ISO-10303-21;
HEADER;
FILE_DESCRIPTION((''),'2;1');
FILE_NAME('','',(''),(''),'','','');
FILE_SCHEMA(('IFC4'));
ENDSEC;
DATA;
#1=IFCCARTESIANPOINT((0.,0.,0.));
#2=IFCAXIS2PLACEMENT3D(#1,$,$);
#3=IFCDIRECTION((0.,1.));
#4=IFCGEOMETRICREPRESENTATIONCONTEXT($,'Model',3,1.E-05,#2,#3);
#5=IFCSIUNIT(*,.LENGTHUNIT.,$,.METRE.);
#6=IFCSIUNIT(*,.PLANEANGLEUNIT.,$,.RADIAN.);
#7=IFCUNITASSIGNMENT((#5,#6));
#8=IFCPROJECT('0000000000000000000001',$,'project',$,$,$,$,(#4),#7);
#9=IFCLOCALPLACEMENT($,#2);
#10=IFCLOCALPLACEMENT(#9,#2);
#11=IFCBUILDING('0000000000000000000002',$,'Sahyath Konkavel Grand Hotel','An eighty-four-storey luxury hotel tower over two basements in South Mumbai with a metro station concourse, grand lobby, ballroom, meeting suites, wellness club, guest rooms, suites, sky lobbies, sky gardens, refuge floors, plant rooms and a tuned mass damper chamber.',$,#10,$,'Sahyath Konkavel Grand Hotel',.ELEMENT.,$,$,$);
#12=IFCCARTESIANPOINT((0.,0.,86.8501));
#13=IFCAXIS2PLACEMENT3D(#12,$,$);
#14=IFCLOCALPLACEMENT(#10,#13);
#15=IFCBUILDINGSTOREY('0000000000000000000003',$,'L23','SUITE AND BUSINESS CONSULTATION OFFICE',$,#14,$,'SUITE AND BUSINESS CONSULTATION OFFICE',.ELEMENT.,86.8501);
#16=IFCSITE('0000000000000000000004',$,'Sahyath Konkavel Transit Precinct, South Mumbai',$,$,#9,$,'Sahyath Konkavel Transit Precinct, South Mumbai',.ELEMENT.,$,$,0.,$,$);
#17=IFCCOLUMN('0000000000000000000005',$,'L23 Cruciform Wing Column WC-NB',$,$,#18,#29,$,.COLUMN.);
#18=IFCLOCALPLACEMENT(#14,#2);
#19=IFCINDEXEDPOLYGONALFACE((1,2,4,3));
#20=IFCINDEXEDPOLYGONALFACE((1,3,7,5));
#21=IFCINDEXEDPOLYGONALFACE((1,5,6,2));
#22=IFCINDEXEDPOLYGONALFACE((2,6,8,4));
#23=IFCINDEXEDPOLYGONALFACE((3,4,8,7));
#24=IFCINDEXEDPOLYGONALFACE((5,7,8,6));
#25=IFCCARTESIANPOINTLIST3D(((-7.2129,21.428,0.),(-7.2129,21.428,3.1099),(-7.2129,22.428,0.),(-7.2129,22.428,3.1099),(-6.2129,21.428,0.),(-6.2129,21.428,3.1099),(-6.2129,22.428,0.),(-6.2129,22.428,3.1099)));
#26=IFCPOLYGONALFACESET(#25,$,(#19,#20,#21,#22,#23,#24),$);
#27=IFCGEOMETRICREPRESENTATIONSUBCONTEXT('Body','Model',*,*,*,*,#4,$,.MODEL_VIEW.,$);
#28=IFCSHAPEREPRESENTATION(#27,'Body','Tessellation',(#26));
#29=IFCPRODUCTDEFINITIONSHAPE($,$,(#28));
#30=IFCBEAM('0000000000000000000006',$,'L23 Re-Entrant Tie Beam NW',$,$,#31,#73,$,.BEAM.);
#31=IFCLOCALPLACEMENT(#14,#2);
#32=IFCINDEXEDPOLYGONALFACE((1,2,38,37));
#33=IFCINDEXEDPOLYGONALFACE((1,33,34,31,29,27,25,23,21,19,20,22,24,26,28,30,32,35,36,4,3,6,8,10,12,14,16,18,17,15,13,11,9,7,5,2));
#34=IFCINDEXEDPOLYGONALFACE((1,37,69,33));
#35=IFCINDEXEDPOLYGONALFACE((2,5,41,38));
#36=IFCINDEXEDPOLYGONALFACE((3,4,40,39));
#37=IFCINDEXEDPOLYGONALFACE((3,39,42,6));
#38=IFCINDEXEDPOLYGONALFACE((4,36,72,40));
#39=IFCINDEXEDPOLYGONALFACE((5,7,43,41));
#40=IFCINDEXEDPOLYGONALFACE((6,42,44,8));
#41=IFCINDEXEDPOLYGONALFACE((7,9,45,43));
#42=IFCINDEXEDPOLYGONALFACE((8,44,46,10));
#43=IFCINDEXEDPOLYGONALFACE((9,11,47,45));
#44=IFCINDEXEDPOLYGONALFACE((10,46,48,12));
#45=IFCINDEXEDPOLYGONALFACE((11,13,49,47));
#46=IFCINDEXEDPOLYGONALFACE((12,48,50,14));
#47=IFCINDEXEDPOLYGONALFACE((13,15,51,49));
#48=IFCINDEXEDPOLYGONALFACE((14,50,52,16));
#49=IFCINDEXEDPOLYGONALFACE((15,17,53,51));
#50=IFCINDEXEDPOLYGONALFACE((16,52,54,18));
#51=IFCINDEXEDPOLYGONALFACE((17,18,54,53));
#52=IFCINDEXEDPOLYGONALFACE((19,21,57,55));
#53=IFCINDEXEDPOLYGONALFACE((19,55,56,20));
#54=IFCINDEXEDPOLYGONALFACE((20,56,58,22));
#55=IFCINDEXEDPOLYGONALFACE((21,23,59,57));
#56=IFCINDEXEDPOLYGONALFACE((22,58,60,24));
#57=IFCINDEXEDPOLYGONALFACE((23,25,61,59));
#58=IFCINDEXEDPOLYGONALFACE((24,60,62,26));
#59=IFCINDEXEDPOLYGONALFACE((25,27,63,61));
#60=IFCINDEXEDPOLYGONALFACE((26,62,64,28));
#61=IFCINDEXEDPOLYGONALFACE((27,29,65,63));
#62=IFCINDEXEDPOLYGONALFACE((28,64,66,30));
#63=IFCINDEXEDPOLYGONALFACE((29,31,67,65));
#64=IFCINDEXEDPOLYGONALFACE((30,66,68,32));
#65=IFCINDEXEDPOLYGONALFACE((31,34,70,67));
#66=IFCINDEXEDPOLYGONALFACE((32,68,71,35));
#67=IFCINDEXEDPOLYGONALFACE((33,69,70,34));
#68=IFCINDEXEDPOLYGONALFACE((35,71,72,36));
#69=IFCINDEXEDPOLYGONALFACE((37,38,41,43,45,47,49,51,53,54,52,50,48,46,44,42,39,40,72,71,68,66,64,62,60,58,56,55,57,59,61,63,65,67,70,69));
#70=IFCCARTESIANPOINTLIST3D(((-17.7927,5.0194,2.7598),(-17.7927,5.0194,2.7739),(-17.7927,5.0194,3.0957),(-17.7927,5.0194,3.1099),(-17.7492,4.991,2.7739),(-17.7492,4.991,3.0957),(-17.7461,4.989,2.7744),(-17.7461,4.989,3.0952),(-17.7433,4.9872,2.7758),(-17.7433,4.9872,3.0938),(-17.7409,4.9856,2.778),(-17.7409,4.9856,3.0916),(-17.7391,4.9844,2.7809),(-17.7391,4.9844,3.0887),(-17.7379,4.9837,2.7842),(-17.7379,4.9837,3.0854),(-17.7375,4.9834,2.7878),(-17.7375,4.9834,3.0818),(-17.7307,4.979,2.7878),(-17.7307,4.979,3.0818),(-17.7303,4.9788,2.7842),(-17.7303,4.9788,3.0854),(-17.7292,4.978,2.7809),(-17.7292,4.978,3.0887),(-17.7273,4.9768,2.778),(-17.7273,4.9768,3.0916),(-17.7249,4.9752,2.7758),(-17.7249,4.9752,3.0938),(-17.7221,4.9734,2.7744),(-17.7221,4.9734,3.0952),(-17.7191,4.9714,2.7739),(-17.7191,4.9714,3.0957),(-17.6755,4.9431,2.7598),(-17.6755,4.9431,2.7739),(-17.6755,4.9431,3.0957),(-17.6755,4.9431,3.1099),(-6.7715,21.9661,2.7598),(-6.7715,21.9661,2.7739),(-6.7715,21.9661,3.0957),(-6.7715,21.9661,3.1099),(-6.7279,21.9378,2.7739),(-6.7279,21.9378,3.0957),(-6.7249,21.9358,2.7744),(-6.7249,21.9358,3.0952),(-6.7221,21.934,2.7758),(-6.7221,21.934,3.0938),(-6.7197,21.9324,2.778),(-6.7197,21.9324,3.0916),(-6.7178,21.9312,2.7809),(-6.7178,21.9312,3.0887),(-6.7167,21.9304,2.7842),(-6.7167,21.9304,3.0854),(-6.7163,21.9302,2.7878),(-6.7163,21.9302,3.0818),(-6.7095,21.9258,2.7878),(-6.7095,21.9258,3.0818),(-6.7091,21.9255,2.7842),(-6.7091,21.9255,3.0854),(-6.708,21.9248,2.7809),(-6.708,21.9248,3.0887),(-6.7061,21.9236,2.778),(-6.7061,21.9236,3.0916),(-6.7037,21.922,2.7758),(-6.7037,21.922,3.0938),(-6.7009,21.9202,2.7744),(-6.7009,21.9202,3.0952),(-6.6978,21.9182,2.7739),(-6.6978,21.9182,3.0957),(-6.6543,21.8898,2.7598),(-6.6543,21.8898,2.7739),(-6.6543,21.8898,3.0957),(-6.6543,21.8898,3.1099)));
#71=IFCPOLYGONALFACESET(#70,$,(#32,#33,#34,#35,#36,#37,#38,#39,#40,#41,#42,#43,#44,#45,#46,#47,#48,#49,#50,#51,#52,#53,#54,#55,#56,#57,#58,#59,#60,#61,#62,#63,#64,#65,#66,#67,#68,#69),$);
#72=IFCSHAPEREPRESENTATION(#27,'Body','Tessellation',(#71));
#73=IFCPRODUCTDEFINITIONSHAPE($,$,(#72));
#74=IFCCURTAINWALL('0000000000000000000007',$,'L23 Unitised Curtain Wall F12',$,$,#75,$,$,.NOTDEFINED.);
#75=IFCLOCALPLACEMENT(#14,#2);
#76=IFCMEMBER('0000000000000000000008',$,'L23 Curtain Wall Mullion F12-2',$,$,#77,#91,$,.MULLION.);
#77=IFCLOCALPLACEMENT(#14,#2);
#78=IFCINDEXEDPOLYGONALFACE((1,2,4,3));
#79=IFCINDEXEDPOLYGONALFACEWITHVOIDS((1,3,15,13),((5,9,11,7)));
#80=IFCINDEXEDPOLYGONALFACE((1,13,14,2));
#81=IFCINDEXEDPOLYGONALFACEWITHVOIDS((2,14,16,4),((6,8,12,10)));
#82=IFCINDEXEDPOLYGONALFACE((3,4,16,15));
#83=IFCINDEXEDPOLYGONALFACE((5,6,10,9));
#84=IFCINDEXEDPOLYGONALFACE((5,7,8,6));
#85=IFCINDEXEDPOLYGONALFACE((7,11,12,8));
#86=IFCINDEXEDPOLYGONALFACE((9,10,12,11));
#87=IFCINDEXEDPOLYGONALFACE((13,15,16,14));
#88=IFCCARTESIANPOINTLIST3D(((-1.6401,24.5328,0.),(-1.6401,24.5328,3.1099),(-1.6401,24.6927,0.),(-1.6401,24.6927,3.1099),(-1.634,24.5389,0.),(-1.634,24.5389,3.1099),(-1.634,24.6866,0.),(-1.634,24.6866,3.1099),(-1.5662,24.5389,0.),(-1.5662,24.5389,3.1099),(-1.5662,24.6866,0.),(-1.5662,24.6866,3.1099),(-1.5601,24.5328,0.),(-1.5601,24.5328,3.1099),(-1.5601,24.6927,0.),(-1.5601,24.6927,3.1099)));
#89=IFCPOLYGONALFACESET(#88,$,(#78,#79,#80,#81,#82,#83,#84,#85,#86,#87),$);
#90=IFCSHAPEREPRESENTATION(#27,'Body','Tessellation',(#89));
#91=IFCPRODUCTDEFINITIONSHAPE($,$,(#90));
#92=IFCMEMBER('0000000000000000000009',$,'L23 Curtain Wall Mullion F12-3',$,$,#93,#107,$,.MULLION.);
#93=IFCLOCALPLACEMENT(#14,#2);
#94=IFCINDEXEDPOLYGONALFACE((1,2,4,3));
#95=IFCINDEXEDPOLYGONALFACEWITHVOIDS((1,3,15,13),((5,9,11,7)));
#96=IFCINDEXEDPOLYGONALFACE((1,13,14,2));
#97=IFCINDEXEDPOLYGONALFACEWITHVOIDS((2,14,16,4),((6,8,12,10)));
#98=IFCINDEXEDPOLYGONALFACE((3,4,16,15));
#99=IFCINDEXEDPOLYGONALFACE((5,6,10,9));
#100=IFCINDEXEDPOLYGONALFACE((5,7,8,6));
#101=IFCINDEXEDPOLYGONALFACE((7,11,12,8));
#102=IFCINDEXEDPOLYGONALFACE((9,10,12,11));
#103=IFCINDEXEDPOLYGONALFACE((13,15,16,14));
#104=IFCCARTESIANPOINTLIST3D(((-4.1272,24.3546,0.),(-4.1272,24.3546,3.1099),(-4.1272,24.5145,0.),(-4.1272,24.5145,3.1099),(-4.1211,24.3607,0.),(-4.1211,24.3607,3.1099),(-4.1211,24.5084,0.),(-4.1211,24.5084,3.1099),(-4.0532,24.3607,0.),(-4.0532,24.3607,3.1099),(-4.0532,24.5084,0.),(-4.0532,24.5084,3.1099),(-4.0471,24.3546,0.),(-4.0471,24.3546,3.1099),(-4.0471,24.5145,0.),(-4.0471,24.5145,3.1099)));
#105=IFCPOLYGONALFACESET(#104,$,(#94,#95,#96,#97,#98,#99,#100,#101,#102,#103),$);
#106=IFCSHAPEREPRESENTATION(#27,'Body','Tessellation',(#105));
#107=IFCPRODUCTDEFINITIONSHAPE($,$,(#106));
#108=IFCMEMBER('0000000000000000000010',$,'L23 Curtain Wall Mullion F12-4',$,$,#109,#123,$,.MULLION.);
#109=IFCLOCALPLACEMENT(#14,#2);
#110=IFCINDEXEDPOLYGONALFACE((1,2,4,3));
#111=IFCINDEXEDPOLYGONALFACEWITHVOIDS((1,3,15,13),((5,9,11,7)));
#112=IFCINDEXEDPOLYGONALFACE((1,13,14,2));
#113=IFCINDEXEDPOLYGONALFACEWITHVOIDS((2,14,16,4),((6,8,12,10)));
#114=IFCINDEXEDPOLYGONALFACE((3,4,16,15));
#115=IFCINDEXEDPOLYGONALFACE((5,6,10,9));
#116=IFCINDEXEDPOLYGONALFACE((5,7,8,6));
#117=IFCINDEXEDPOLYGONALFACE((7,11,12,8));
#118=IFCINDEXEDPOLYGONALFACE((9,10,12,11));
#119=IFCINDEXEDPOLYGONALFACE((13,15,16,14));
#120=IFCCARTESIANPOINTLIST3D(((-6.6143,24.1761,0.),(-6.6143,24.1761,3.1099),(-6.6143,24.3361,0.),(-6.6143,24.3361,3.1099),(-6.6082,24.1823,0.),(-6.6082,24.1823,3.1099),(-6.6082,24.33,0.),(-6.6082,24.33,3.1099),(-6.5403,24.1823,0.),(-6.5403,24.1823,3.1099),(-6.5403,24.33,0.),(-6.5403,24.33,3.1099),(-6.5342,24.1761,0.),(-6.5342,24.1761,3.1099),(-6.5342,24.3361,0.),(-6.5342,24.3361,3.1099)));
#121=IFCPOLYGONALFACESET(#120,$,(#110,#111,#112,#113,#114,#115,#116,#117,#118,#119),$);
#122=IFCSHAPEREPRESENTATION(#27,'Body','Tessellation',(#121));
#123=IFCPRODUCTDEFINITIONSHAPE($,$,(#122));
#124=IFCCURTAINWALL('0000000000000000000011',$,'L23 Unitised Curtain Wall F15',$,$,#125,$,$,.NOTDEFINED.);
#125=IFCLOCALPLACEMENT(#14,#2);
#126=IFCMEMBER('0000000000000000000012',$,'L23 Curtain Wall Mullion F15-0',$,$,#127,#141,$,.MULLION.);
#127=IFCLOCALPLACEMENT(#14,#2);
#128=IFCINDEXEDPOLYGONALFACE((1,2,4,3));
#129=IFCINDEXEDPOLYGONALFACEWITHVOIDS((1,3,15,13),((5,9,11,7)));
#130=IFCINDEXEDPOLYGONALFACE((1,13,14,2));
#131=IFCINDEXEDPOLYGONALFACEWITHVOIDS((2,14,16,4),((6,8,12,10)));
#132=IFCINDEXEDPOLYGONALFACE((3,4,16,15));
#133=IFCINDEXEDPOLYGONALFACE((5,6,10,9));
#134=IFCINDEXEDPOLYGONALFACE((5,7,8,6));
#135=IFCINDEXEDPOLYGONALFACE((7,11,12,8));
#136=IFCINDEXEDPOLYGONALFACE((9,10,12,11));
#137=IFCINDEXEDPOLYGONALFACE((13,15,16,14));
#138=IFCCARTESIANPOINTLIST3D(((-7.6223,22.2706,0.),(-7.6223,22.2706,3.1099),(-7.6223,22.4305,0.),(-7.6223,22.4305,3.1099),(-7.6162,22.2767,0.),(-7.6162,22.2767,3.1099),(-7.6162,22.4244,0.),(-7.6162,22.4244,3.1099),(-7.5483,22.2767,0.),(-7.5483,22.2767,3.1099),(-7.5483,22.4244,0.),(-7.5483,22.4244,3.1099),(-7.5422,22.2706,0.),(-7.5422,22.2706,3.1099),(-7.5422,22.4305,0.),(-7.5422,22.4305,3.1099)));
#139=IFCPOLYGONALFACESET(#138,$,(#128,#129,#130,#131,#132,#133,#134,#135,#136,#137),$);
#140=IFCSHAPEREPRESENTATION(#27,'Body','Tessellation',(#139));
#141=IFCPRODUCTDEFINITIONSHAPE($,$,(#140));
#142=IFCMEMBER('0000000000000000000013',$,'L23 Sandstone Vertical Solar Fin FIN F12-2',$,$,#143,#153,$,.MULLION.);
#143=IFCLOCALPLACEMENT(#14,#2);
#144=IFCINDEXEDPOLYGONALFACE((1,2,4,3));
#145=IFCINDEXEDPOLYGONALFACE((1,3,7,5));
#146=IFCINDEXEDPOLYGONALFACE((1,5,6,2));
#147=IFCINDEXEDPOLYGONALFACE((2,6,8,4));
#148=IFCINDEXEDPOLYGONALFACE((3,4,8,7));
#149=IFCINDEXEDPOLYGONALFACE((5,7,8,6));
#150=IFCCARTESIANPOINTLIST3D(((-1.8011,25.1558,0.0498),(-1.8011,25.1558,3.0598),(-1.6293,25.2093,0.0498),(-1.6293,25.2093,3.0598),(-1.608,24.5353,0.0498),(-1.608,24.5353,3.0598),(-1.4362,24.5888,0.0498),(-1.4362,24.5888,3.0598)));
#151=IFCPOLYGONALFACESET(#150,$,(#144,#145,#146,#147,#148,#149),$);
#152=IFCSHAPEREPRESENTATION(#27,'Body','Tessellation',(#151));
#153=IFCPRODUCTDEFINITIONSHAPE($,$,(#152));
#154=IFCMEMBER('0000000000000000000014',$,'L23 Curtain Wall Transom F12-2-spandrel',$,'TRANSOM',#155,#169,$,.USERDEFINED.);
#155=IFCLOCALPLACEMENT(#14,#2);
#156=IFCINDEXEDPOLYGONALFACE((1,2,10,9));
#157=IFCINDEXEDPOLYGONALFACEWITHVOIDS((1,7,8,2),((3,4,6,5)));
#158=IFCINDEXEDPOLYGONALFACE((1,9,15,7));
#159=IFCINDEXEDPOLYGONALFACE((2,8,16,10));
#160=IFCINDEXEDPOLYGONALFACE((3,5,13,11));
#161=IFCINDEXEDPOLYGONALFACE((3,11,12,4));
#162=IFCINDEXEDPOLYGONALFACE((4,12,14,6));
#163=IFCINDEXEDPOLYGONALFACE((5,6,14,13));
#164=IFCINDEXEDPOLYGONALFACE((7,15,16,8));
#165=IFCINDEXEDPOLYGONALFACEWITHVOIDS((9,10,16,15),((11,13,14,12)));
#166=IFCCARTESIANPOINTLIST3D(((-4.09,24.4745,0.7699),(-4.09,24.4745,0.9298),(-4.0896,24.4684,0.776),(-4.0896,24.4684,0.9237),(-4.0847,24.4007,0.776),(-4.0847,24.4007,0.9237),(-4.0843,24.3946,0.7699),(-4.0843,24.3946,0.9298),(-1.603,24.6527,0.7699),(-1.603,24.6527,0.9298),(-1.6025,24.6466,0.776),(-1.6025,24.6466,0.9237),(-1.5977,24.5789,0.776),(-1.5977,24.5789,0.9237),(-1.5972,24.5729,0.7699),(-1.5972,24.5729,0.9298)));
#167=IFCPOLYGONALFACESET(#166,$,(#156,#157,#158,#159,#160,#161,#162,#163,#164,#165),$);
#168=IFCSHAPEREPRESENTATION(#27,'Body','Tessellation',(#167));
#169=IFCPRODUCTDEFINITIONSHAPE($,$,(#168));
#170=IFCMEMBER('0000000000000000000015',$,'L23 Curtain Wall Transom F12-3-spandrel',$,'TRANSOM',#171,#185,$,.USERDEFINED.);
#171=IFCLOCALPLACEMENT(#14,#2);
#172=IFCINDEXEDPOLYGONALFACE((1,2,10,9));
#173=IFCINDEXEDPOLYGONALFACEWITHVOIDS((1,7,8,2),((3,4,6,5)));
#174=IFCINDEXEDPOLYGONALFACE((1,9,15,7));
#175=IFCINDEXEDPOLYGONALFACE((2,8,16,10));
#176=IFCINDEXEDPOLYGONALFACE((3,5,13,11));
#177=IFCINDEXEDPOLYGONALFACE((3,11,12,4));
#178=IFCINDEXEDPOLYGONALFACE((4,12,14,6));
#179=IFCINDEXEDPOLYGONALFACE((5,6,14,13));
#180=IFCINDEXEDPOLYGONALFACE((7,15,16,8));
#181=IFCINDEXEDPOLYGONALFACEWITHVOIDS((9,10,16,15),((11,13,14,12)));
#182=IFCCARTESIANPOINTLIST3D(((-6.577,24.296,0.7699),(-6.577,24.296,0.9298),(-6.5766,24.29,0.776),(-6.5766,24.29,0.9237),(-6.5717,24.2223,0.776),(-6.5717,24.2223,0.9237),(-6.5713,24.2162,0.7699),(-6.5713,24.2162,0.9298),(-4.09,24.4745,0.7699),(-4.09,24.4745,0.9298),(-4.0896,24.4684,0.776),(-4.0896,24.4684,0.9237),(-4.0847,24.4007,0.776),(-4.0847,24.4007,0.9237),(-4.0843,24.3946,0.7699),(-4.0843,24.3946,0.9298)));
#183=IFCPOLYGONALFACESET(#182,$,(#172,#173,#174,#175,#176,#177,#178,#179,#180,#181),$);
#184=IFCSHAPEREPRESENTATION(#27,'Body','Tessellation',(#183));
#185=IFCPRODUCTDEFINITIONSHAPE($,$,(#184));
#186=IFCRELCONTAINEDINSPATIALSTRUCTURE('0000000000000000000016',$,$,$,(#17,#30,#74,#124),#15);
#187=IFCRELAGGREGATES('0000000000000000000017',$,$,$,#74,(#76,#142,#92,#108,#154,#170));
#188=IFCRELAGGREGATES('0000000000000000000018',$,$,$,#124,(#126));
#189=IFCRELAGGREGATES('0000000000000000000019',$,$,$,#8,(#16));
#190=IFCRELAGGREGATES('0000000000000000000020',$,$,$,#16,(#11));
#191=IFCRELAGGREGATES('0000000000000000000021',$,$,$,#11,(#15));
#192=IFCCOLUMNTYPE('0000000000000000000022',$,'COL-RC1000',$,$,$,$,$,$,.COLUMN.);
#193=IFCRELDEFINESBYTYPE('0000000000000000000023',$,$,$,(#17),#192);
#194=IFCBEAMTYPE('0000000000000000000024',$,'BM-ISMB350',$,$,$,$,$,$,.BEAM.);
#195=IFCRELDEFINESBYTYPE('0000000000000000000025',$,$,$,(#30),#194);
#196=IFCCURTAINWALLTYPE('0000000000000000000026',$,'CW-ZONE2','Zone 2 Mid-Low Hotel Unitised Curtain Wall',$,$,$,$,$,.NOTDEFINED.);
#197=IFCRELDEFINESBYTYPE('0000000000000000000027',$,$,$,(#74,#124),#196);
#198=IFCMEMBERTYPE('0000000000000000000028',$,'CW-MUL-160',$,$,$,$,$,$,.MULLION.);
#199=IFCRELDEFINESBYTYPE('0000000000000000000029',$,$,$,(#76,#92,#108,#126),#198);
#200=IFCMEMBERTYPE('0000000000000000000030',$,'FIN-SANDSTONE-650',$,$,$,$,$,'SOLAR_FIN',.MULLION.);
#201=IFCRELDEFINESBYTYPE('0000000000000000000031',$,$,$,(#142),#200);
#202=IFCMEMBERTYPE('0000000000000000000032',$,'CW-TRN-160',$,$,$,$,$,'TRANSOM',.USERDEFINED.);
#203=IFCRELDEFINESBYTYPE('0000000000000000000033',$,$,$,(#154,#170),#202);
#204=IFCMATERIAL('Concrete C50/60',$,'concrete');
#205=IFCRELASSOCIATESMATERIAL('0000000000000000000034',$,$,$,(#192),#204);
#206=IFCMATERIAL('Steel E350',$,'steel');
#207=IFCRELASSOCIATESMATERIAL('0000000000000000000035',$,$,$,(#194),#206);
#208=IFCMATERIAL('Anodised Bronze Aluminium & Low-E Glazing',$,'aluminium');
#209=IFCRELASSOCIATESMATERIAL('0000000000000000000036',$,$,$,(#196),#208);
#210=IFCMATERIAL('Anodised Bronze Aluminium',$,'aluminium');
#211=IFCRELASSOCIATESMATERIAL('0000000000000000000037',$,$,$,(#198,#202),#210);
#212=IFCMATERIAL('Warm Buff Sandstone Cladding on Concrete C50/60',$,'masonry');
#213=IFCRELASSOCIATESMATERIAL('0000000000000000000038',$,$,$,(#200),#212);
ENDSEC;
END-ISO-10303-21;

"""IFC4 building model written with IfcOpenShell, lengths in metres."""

from ifc_helpers import new_model, si_unit, direction, frame, origin, origin_2d, place, context, subcontext, project, spatial, rectangle, hollow_rectangle, i_section, extrude, source, transform, mapped, material, material_profile, profile_set, type_object, element, aggregate, save


model = new_model("IFC4")

# Units and contexts
model_context = context("Model", 3, precision=1e-05, world=origin(), true_north=direction((0.0, 1.0)))
body_context = subcontext(model_context, "Body", "Model", "MODEL_VIEW")
ifc_project = project(units=[si_unit("LENGTHUNIT", "METRE"), si_unit("PLANEANGLEUNIT", "RADIAN")], contexts=[model_context])

# Site, building, storey
site_placement = place(None, origin())
site = spatial("IfcSite", under=ifc_project, at=site_placement, Name="Sahyath Konkavel Transit Precinct, South Mumbai", LongName="Sahyath Konkavel Transit Precinct, South Mumbai", CompositionType="ELEMENT", RefElevation=0.0)
building_placement = place(site_placement, origin())
building = spatial("IfcBuilding", under=site, at=building_placement, Name="Sahyath Konkavel Grand Hotel", Description="An eighty-four-storey luxury hotel tower over two basements in South Mumbai with a metro station concourse, grand lobby, ballroom, meeting suites, wellness club, guest rooms, suites, sky lobbies, sky gardens, refuge floors, plant rooms and a tuned mass damper chamber.", LongName="Sahyath Konkavel Grand Hotel", CompositionType="ELEMENT")
storey_placement = place(building_placement, frame((0.0, 0.0, 86.8501)))
storey = spatial("IfcBuildingStorey", under=building, at=storey_placement, Name="L23", Description="SUITE AND BUSINESS CONSULTATION OFFICE", LongName="SUITE AND BUSINESS CONSULTATION OFFICE", CompositionType="ELEMENT", Elevation=86.8501)

# Column
ifc_material_1 = material(Name="Concrete C50/60", Category="concrete")
ifc_material_profile_1 = material_profile(ifc_material_1, rectangle(XDim=1.0, YDim=1.0, at=origin_2d()), Name="RC 1000x1000")
ifc_profile_set_1 = profile_set([ifc_material_profile_1], Name="Concrete C50/60")
column_type = type_object("IfcColumnType", Name="COL-RC1000", PredefinedType="COLUMN", material=ifc_profile_set_1)
shared_shape_1 = source(origin(), body_context, "Body", "SweptSolid", [
    extrude(rectangle(XDim=1.0, YDim=1.0, at=origin_2d()), origin(), (0.0, 0.0, 1.0), 3.1099),
])
column_placement = place(storey_placement, frame((-6.7129, 21.928, 0.0), z_axis=(0.0, 0.0, 1.0), x_axis=(1.0, 0.0, 0.0)))
element("IfcColumn", 1, at=column_placement, inside=storey, type_object=column_type, Name="L23 Cruciform Wing Column WC-NB", PredefinedType="COLUMN", context=body_context, shape_type="MappedRepresentation", body=[
    mapped(shared_shape_1, transform((0.0, 0.0, 0.0), scale=1.0)),
])

# Beam
ifc_material_2 = material(Name="Steel E350", Category="steel")
ifc_material_profile_2 = material_profile(ifc_material_2, i_section(OverallWidth=0.1399, OverallDepth=0.3501, WebThickness=0.0081, FlangeThickness=0.0142, FilletRadius=0.0139, at=origin_2d()), Name="ISMB 350")
ifc_profile_set_2 = profile_set([ifc_material_profile_2], Name="Steel E350")
beam_type_1 = type_object("IfcBeamType", Name="BM-ISMB350", PredefinedType="BEAM", material=ifc_profile_set_2)
shared_shape_2 = source(origin(), body_context, "Body", "SweptSolid", [
    extrude(i_section(OverallWidth=0.1399, OverallDepth=0.3501, WebThickness=0.0081, FlangeThickness=0.0142, FilletRadius=0.0139, at=origin_2d()), origin(), (0.0, 0.0, 1.0), 20.2153),
])
beam_1_placement = place(storey_placement, frame((-6.7129, 21.928, 2.9348), z_axis=(-0.545191, -0.838312, 0.0), x_axis=(0.838312, -0.545191, 0.0)))
element("IfcBeam", 2, at=beam_1_placement, inside=storey, type_object=beam_type_1, Name="L23 Re-Entrant Tie Beam NW", PredefinedType="BEAM", context=body_context, shape_type="MappedRepresentation", body=[
    mapped(shared_shape_2, transform((0.0, 0.0, 0.0), scale=1.0)),
])

# Curtain wall, members
ifc_material_3 = material(Name="Anodised Bronze Aluminium & Low-E Glazing", Category="aluminium")
curtain_wall_type = type_object("IfcCurtainWallType", Name="CW-ZONE2", Description="Zone 2 Mid-Low Hotel Unitised Curtain Wall", PredefinedType="NOTDEFINED", material=ifc_material_3)
curtain_wall_1_placement = place(storey_placement, origin())
curtain_wall_1 = element("IfcCurtainWall", 3, at=curtain_wall_1_placement, inside=storey, type_object=curtain_wall_type, Name="L23 Unitised Curtain Wall F12", PredefinedType="NOTDEFINED")
ifc_material_4 = material(Name="Anodised Bronze Aluminium", Category="aluminium")
ifc_material_profile_3 = material_profile(ifc_material_4, hollow_rectangle(XDim=0.0801, YDim=0.1599, WallThickness=0.0061, at=origin_2d()), Name="RHS 160x80x6")
ifc_profile_set_3 = profile_set([ifc_material_profile_3], Name="Anodised Bronze Aluminium")
member_type_1 = type_object("IfcMemberType", Name="CW-MUL-160", PredefinedType="MULLION", material=ifc_profile_set_3)
shared_shape_3 = source(origin(), body_context, "Body", "SweptSolid", [
    extrude(hollow_rectangle(XDim=0.0801, YDim=0.1599, WallThickness=0.0061, at=origin_2d()), origin(), (0.0, 0.0, 1.0), 3.1099),
])
member_1_placement = place(storey_placement, frame((-1.6001, 24.6128, 0.0), z_axis=(0.0, 0.0, 1.0), x_axis=(1.0, 0.0, 0.0)))
member_1 = element("IfcMember", 4, at=member_1_placement, type_object=member_type_1, Name="L23 Curtain Wall Mullion F12-2", PredefinedType="MULLION", context=body_context, shape_type="MappedRepresentation", body=[
    mapped(shared_shape_3, transform((0.0, 0.0, 0.0), scale=1.0)),
])
member_2_placement = place(storey_placement, frame((-4.0872, 24.4346, 0.0), z_axis=(0.0, 0.0, 1.0), x_axis=(1.0, 0.0, 0.0)))
member_2 = element("IfcMember", 5, at=member_2_placement, type_object=member_type_1, Name="L23 Curtain Wall Mullion F12-3", PredefinedType="MULLION", context=body_context, shape_type="MappedRepresentation", body=[
    mapped(shared_shape_3, transform((0.0, 0.0, 0.0), scale=1.0)),
])
member_3_placement = place(storey_placement, frame((-6.5742, 24.2561, 0.0), z_axis=(0.0, 0.0, 1.0), x_axis=(1.0, 0.0, 0.0)))
member_3 = element("IfcMember", 6, at=member_3_placement, type_object=member_type_1, Name="L23 Curtain Wall Mullion F12-4", PredefinedType="MULLION", context=body_context, shape_type="MappedRepresentation", body=[
    mapped(shared_shape_3, transform((0.0, 0.0, 0.0), scale=1.0)),
])

# Curtain wall, member
curtain_wall_2_placement = place(storey_placement, origin())
curtain_wall_2 = element("IfcCurtainWall", 7, at=curtain_wall_2_placement, inside=storey, type_object=curtain_wall_type, Name="L23 Unitised Curtain Wall F15", PredefinedType="NOTDEFINED")
member_4_placement = place(storey_placement, frame((-7.5823, 22.3506, 0.0), z_axis=(0.0, 0.0, 1.0), x_axis=(1.0, 0.0, 0.0)))
member_4 = element("IfcMember", 8, at=member_4_placement, type_object=member_type_1, Name="L23 Curtain Wall Mullion F15-0", PredefinedType="MULLION", context=body_context, shape_type="MappedRepresentation", body=[
    mapped(shared_shape_3, transform((0.0, 0.0, 0.0), scale=1.0)),
])

# Members
ifc_material_5 = material(Name="Warm Buff Sandstone Cladding on Concrete C50/60", Category="masonry")
ifc_material_profile_4 = material_profile(ifc_material_5, rectangle(XDim=0.1799, YDim=0.6499, at=origin_2d()), Name="FIN 180x650")
ifc_profile_set_4 = profile_set([ifc_material_profile_4], Name="Warm Buff Sandstone Cladding on Concrete C50/60")
member_type_2 = type_object("IfcMemberType", Name="FIN-SANDSTONE-650", ElementType="SOLAR_FIN", PredefinedType="MULLION", material=ifc_profile_set_4)
shared_shape_4 = source(origin(), body_context, "Body", "SweptSolid", [
    extrude(rectangle(XDim=0.1799, YDim=0.6499, at=origin_2d()), origin(), (0.0, 0.0, 1.0), 3.01),
])
member_5_placement = place(storey_placement, frame((-1.6187, 24.8723, 0.0498), z_axis=(0.0, 0.0, 1.0), x_axis=(0.954813, 0.297208, 0.0)))
member_5 = element("IfcMember", 9, at=member_5_placement, type_object=member_type_2, Name="L23 Sandstone Vertical Solar Fin FIN F12-2", PredefinedType="MULLION", context=body_context, shape_type="MappedRepresentation", body=[
    mapped(shared_shape_4, transform((0.0, 0.0, 0.0), scale=1.0)),
])
ifc_material_profile_5 = material_profile(ifc_material_4, hollow_rectangle(XDim=0.0801, YDim=0.1599, WallThickness=0.0061, at=origin_2d()), Name="RHS 160x80x6")
ifc_profile_set_5 = profile_set([ifc_material_profile_5], Name="Anodised Bronze Aluminium")
member_type_3 = type_object("IfcMemberType", Name="CW-TRN-160", ElementType="TRANSOM", PredefinedType="USERDEFINED", material=ifc_profile_set_5)
shared_shape_5 = source(origin(), body_context, "Body", "SweptSolid", [
    extrude(hollow_rectangle(XDim=0.0801, YDim=0.1599, WallThickness=0.0061, at=origin_2d()), origin(), (0.0, 0.0, 1.0), 2.4934),
])
member_6_placement = place(storey_placement, frame((-1.6001, 24.6128, 0.8499), z_axis=(-0.997442, -0.071477, 0.0), x_axis=(0.071477, -0.997442, 0.0)))
member_6 = element("IfcMember", 10, at=member_6_placement, type_object=member_type_3, Name="L23 Curtain Wall Transom F12-2-spandrel", ObjectType="TRANSOM", PredefinedType="USERDEFINED", context=body_context, shape_type="MappedRepresentation", body=[
    mapped(shared_shape_5, transform((0.0, 0.0, 0.0), scale=1.0)),
])
member_7_placement = place(storey_placement, frame((-4.0872, 24.4346, 0.8499), z_axis=(-0.997435, -0.071574, 0.0), x_axis=(0.071574, -0.997435, 0.0)))
member_7 = element("IfcMember", 11, at=member_7_placement, type_object=member_type_3, Name="L23 Curtain Wall Transom F12-3-spandrel", ObjectType="TRANSOM", PredefinedType="USERDEFINED", context=body_context, shape_type="MappedRepresentation", body=[
    mapped(shared_shape_5, transform((0.0, 0.0, 0.0), scale=1.0)),
])

aggregate(curtain_wall_1, [member_1, member_5, member_2, member_3, member_6, member_7])
aggregate(curtain_wall_2, [member_4])

save(model, "model.ifc")
